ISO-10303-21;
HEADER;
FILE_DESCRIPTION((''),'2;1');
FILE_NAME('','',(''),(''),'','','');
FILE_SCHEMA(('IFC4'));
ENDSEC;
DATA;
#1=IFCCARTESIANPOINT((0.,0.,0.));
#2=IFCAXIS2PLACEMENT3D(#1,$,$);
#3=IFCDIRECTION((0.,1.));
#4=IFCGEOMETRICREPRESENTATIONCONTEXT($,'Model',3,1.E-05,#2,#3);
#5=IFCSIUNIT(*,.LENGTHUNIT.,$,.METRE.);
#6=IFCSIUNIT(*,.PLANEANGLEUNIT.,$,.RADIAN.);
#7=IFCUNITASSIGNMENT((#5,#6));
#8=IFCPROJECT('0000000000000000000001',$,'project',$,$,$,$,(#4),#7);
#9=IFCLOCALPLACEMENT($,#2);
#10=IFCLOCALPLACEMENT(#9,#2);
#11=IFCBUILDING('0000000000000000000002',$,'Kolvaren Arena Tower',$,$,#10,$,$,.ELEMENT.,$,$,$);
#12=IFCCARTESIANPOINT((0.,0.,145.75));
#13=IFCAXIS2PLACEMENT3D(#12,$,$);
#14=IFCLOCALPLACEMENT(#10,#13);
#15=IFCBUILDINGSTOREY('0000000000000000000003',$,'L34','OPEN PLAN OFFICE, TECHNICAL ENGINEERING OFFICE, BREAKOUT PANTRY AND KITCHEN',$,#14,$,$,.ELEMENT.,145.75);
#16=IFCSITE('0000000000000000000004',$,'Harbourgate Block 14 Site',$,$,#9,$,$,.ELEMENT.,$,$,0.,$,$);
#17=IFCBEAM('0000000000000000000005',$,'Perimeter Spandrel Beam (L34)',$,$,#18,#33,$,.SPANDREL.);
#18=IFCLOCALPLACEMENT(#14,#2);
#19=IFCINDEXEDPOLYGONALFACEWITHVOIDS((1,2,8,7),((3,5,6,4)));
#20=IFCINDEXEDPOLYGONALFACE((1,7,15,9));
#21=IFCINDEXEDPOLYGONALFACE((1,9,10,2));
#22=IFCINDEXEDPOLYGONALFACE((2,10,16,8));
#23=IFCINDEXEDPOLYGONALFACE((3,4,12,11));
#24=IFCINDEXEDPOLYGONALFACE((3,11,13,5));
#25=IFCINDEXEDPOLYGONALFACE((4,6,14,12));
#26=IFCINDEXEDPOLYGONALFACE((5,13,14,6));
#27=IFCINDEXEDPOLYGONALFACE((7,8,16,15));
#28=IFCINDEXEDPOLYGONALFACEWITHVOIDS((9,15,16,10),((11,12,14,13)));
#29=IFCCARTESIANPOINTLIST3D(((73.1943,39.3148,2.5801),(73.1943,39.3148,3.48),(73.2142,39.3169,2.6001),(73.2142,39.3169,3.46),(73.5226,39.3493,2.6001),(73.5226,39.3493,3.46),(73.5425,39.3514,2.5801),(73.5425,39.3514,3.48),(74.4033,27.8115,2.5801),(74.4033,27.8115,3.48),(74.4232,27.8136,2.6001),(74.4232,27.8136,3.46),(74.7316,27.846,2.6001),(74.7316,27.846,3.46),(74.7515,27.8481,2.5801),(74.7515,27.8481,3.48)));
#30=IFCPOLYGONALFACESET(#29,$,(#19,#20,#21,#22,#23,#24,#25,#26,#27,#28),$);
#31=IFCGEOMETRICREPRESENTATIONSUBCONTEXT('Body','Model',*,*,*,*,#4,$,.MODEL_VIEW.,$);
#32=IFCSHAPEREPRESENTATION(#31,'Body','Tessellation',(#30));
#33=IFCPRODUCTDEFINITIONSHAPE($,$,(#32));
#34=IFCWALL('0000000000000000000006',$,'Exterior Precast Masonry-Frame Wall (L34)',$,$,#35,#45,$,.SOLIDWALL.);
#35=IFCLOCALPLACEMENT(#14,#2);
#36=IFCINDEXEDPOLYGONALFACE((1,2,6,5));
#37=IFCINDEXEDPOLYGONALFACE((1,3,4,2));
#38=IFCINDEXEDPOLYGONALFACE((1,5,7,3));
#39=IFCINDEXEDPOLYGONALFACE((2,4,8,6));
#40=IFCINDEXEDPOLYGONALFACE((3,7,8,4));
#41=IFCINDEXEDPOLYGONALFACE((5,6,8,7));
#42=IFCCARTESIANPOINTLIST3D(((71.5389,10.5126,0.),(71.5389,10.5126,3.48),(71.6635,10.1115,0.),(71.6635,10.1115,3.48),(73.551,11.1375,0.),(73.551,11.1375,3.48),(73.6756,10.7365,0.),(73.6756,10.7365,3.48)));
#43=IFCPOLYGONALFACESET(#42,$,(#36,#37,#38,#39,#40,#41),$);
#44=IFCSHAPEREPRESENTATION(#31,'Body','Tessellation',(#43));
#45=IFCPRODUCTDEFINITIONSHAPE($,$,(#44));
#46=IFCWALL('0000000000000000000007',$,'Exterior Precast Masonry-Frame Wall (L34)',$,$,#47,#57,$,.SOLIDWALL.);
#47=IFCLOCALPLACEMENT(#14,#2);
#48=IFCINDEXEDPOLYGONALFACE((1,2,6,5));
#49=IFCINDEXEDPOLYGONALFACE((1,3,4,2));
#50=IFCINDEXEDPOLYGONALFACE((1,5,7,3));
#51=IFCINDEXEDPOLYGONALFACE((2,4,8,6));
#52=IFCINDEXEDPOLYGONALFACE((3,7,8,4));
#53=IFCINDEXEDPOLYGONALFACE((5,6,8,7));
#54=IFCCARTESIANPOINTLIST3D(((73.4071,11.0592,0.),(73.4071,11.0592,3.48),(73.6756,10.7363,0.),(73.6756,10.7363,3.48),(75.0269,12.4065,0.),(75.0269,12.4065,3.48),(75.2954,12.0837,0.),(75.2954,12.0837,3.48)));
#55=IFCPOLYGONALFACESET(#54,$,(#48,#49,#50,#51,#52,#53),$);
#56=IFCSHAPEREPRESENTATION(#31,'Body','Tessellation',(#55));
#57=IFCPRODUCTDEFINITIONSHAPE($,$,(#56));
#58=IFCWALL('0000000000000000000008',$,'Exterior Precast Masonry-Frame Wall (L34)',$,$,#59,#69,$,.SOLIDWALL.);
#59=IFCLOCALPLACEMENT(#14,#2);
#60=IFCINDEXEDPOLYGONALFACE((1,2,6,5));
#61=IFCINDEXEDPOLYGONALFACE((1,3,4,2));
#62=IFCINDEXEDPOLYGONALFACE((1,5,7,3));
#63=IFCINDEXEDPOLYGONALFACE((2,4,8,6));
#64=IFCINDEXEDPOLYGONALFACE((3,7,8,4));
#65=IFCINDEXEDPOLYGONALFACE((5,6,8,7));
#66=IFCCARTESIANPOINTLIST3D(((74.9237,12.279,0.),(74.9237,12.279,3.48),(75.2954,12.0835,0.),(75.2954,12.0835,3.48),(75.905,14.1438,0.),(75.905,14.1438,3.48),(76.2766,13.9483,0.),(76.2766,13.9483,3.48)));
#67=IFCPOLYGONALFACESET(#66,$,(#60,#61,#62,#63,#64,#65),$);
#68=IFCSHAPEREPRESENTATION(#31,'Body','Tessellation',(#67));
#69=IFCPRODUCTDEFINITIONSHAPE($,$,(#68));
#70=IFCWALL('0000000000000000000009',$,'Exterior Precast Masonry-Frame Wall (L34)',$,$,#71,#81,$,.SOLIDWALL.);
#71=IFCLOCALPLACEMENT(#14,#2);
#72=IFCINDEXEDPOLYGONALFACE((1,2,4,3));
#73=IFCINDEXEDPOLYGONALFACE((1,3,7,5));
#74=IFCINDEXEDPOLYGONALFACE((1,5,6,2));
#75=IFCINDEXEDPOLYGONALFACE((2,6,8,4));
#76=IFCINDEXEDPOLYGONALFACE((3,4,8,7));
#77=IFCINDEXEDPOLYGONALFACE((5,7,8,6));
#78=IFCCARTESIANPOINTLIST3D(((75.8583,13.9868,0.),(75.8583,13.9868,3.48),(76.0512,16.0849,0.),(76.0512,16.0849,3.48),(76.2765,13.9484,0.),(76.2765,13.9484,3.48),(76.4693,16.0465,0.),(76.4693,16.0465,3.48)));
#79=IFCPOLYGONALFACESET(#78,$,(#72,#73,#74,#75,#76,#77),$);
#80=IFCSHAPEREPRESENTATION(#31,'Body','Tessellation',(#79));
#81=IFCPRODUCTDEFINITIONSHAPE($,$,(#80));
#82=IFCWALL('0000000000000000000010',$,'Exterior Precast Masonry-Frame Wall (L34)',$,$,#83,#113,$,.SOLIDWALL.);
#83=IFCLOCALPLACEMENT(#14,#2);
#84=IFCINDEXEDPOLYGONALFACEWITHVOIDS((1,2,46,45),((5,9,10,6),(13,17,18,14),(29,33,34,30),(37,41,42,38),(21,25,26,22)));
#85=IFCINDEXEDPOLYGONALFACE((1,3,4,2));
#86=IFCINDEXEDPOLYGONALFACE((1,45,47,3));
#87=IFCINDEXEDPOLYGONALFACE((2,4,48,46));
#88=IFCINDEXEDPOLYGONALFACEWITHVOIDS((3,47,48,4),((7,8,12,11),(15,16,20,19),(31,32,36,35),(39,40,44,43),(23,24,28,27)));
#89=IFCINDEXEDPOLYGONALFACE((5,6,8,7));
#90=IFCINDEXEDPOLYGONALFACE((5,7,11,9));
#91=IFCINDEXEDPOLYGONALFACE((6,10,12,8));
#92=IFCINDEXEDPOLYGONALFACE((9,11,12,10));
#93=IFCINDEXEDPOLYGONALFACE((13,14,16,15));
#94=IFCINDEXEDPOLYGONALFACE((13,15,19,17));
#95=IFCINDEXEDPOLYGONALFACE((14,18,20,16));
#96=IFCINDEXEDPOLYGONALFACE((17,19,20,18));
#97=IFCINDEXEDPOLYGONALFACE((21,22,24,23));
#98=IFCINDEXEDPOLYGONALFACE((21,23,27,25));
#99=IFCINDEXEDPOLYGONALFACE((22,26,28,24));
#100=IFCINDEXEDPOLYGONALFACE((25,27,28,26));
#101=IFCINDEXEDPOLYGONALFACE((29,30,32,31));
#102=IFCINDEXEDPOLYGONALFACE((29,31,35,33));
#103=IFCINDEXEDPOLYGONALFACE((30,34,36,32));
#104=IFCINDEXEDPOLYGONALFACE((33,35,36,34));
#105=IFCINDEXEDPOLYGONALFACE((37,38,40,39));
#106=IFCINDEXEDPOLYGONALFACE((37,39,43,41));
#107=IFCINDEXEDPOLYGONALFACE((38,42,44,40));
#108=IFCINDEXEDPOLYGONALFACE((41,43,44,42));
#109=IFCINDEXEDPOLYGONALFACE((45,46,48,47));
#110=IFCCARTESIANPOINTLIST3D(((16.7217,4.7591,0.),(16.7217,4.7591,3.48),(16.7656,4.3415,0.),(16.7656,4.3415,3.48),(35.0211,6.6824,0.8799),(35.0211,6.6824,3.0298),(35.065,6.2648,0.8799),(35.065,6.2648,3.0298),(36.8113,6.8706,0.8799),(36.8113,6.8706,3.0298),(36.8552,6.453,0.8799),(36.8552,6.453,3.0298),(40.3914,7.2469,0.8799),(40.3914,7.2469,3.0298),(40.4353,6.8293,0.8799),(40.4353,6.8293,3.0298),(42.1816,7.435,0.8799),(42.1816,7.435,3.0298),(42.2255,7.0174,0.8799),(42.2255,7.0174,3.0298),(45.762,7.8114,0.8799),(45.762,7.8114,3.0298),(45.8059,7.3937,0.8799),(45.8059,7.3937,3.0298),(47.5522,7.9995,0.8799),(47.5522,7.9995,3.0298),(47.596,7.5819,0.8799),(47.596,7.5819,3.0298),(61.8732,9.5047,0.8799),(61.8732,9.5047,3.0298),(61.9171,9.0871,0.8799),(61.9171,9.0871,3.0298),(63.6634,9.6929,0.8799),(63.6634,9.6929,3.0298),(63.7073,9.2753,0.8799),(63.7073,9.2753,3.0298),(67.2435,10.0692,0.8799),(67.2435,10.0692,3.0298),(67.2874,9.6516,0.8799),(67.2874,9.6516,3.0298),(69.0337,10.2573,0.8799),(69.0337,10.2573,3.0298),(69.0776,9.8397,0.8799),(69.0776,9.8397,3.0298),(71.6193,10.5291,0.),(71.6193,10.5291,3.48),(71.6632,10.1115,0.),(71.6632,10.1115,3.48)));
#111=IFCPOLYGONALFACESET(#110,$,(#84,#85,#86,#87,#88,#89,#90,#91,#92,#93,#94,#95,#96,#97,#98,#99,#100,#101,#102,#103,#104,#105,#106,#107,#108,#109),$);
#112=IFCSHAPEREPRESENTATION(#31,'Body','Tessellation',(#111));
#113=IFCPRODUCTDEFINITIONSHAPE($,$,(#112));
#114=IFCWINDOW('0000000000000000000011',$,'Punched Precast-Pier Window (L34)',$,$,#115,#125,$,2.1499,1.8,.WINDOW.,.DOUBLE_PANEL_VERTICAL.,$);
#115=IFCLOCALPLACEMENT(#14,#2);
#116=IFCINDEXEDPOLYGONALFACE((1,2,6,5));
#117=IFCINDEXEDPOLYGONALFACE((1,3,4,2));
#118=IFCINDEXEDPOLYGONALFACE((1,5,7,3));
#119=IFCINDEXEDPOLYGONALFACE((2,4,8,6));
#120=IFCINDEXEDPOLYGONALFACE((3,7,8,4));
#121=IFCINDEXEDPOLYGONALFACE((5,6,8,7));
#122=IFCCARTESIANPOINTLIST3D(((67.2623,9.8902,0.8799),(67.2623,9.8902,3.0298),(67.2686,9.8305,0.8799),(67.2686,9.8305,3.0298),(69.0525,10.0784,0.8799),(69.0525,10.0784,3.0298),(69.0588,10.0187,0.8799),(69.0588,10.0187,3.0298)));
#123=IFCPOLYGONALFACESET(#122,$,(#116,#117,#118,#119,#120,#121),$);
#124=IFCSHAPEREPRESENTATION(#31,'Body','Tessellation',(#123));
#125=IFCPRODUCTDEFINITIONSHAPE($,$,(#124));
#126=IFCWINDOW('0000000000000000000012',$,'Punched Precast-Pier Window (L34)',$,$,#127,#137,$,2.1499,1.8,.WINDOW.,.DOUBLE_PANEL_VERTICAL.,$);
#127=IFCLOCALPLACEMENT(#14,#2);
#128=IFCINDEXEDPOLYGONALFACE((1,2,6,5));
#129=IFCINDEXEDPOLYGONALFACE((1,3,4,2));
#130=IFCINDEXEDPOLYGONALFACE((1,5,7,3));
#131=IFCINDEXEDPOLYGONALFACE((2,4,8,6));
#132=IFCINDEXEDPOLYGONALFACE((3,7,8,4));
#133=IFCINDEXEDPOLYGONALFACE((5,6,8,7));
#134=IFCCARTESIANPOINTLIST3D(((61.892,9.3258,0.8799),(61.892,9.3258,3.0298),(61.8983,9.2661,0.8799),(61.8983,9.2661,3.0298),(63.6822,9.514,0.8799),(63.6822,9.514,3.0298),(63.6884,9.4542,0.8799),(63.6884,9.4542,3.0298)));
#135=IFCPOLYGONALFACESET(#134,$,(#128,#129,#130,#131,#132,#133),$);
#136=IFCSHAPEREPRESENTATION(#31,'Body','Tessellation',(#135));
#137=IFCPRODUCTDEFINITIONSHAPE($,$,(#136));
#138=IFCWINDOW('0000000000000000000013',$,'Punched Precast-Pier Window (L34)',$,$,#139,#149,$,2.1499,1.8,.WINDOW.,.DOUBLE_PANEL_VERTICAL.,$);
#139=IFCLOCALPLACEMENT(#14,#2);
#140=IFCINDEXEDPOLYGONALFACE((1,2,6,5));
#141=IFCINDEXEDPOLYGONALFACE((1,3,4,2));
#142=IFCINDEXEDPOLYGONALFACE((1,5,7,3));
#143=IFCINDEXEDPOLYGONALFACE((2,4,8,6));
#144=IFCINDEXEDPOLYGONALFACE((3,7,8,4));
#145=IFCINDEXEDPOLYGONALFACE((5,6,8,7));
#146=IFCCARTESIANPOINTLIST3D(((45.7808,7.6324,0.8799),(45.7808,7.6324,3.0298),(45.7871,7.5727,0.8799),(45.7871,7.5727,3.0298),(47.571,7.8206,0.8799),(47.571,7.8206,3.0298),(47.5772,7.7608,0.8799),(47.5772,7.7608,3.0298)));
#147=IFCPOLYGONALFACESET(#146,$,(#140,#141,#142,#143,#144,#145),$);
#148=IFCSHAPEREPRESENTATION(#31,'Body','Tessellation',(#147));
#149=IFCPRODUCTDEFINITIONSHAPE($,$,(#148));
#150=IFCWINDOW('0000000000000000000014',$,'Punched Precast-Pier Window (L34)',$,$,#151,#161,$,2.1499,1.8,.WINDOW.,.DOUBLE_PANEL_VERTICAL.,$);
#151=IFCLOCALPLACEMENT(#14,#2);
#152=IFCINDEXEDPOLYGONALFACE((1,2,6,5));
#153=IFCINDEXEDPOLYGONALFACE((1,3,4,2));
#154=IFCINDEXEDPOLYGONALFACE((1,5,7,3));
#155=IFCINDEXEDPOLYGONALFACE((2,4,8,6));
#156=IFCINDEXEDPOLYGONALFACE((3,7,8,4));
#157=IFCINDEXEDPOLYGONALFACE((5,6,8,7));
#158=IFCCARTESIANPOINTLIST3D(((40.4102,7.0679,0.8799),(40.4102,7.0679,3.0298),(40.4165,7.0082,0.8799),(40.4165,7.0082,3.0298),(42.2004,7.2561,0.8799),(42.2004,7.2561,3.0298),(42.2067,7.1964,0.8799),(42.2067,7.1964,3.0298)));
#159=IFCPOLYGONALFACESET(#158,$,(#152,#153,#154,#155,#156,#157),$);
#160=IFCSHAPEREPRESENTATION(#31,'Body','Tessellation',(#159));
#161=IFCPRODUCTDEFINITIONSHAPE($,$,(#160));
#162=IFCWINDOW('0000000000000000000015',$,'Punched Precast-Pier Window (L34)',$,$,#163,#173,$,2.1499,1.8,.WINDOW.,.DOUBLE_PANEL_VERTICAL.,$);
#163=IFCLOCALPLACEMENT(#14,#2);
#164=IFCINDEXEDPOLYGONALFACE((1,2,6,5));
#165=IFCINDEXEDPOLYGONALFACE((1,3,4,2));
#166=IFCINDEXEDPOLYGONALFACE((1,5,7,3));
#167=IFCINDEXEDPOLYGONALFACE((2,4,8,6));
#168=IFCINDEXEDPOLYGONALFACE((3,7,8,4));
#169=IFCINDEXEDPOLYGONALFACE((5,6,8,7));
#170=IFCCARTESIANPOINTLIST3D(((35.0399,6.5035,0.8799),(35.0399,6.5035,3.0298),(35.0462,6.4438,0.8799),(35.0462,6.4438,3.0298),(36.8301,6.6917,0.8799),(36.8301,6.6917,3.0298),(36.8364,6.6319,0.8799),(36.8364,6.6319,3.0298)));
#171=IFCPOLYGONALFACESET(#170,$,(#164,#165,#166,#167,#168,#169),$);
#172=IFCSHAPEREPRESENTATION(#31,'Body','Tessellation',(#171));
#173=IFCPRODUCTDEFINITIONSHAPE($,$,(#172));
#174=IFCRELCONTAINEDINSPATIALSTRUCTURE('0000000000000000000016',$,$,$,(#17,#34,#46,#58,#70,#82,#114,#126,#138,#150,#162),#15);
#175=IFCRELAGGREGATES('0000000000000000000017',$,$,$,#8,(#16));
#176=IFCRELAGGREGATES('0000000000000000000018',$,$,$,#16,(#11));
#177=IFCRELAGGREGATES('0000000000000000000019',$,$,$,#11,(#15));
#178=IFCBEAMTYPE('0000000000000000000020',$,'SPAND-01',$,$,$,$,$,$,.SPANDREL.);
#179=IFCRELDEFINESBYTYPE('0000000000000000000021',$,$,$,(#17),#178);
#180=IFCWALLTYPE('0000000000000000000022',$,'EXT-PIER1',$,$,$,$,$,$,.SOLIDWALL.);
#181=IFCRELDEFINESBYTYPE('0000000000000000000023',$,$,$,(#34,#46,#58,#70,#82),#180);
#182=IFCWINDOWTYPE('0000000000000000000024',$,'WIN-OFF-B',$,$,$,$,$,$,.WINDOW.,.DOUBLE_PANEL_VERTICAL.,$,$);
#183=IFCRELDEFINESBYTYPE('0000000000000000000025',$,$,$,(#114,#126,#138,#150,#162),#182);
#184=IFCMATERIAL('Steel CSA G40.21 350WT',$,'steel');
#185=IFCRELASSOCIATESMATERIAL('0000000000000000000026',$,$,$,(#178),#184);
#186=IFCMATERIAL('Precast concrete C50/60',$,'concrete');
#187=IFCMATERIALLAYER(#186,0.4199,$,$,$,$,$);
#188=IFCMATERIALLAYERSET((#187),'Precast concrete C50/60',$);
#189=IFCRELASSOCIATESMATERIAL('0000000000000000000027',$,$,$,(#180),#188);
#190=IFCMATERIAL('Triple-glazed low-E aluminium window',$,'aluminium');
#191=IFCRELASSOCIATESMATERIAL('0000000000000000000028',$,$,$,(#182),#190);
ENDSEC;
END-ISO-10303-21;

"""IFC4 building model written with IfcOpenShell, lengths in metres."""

from ifc_helpers import new_model, si_unit, direction, frame, frame_2d, origin, origin_2d, place, context, subcontext, project, spatial, rectangle, hollow_rectangle, extrude, material, layer, layer_set, material_profile, profile_set, type_object, element, fill, save


model = new_model("IFC4")

# Units and contexts
model_context = context("Model", 3, precision=1e-05, world=origin(), true_north=direction((0.0, 1.0)))
body_context = subcontext(model_context, "Body", "Model", "MODEL_VIEW")
ifc_project = project(units=[si_unit("LENGTHUNIT", "METRE"), si_unit("PLANEANGLEUNIT", "RADIAN")], contexts=[model_context])

# Site, building, storey
site_placement = place(None, origin())
site = spatial("IfcSite", under=ifc_project, at=site_placement, Name="Harbourgate Block 14 Site", CompositionType="ELEMENT", RefElevation=0.0)
building_placement = place(site_placement, origin())
building = spatial("IfcBuilding", under=site, at=building_placement, Name="Kolvaren Arena Tower", CompositionType="ELEMENT")
storey_placement = place(building_placement, frame((0.0, 0.0, 145.75)))
storey = spatial("IfcBuildingStorey", under=building, at=storey_placement, Name="L34", Description="OPEN PLAN OFFICE, TECHNICAL ENGINEERING OFFICE, BREAKOUT PANTRY AND KITCHEN", CompositionType="ELEMENT", Elevation=145.75)

# Beam
ifc_material_1 = material(Name="Steel CSA G40.21 350WT", Category="steel")
ifc_material_profile_1 = material_profile(ifc_material_1, hollow_rectangle(XDim=0.3501, YDim=0.8999, WallThickness=0.02, at=origin_2d()), Name="HSS 900x350x20")
ifc_profile_set_1 = profile_set([ifc_material_profile_1], Name="Steel CSA G40.21 350WT")
beam_type_1 = type_object("IfcBeamType", Name="SPAND-01", PredefinedType="SPANDREL", material=ifc_profile_set_1)
beam_1_placement = place(storey_placement, frame((74.5774, 27.8298, 3.03), z_axis=(-0.104524, 0.994522, 0.0), x_axis=(-0.994522, -0.104524, 0.0)))
element("IfcBeam", 1, at=beam_1_placement, inside=storey, type_object=beam_type_1, Name="Perimeter Spandrel Beam (L34)", PredefinedType="SPANDREL", context=body_context, shape_type="SweptSolid", body=[
    extrude(hollow_rectangle(XDim=0.3501, YDim=0.8999, WallThickness=0.02, at=origin_2d()), origin(), (0.0, 0.0, 1.0), 11.5667),
])

# Walls
ifc_material_2 = material(Name="Precast concrete C50/60", Category="concrete")
ifc_layer_1 = layer(ifc_material_2, 0.4199)
ifc_layer_set_1 = layer_set([ifc_layer_1], Name="Precast concrete C50/60")
wall_type_1 = type_object("IfcWallType", Name="EXT-PIER1", PredefinedType="SOLIDWALL", material=ifc_layer_set_1)
for number, where, z_axis, x_axis, name in (
    (2, (73.6133, 10.937, 0.0), (0.0, 0.0, 1.0), (-0.954994, -0.296625, 0.0), "Exterior Precast Masonry-Frame Wall (L34)"),
    (3, (75.1611, 12.2451, 0.0), (0.0, 0.0, 1.0), (-0.7688, -0.639489, 0.0), "Exterior Precast Masonry-Frame Wall (L34)"),
):
    element("IfcWall", number, at=place(storey_placement, frame(where, z_axis=z_axis, x_axis=x_axis)), inside=storey, type_object=wall_type_1, Name=name, PredefinedType="SOLIDWALL", context=body_context, shape_type="SweptSolid", body=[
        extrude(rectangle(XDim=2.1069, YDim=0.4199, at=frame_2d((1.0535, 0.0))), origin(), (0.0, 0.0, 1.0), 3.48),
    ])
wall_1_placement = place(storey_placement, frame((76.0908, 14.0461, 0.0), z_axis=(0.0, 0.0, 1.0), x_axis=(-0.465656, -0.884966, 0.0)))
element("IfcWall", 4, at=wall_1_placement, inside=storey, type_object=wall_type_1, Name="Exterior Precast Masonry-Frame Wall (L34)", PredefinedType="SOLIDWALL", context=body_context, shape_type="SweptSolid", body=[
    extrude(rectangle(XDim=2.1072, YDim=0.4199, at=frame_2d((1.0537, 0.0))), origin(), (0.0, 0.0, 1.0), 3.48),
])
wall_2_placement = place(storey_placement, frame((76.2603, 16.0657, 0.0), z_axis=(0.0, 0.0, 1.0), x_axis=(-0.091539, -0.995802, 0.0)))
element("IfcWall", 5, at=wall_2_placement, inside=storey, type_object=wall_type_1, Name="Exterior Precast Masonry-Frame Wall (L34)", PredefinedType="SOLIDWALL", context=body_context, shape_type="SweptSolid", body=[
    extrude(rectangle(XDim=2.1069, YDim=0.4199, at=frame_2d((1.0535, 0.0))), origin(), (0.0, 0.0, 1.0), 3.48),
])

# Wall, openings, windows
wall_3_placement = place(storey_placement, frame((71.6414, 10.3203, 0.0), z_axis=(0.0, 0.0, 1.0), x_axis=(-0.994522, -0.10453, 0.0)))
wall_3 = element("IfcWall", 6, at=wall_3_placement, inside=storey, type_object=wall_type_1, Name="Exterior Precast Masonry-Frame Wall (L34)", PredefinedType="SOLIDWALL", context=body_context, shape_type="SweptSolid", body=[
    extrude(rectangle(XDim=55.2, YDim=0.4199, at=frame_2d((27.6001, 0.0))), origin(), (0.0, 0.0, 1.0), 3.48),
])
opening_1_placement = place(wall_3_placement, frame((2.6001, 0.0, 0.8799)))
opening_1 = element("IfcOpeningElement", 7, at=opening_1_placement, cuts=wall_3, PredefinedType="OPENING", context=body_context, shape_type="SweptSolid", body=[
    extrude(rectangle(XDim=1.8, YDim=2.1499, at=frame_2d((0.8999, 1.075))), frame((0.0, 0.22, 0.0), z_axis=(0.0, -1.0, 0.0), x_axis=(1.0, 0.0, 0.0)), (0.0, 0.0, 1.0), 0.4399),
])
opening_2_placement = place(wall_3_placement, frame((8.0, 0.0, 0.8799)))
opening_2 = element("IfcOpeningElement", 8, at=opening_2_placement, cuts=wall_3, PredefinedType="OPENING", context=body_context, shape_type="SweptSolid", body=[
    extrude(rectangle(XDim=1.8, YDim=2.1499, at=frame_2d((0.8999, 1.075))), frame((0.0, 0.22, 0.0), z_axis=(0.0, -1.0, 0.0), x_axis=(1.0, 0.0, 0.0)), (0.0, 0.0, 1.0), 0.4399),
])
opening_3_placement = place(wall_3_placement, frame((24.2, 0.0, 0.8799)))
opening_3 = element("IfcOpeningElement", 9, at=opening_3_placement, cuts=wall_3, PredefinedType="OPENING", context=body_context, shape_type="SweptSolid", body=[
    extrude(rectangle(XDim=1.8, YDim=2.1499, at=frame_2d((0.8999, 1.075))), frame((0.0, 0.22, 0.0), z_axis=(0.0, -1.0, 0.0), x_axis=(1.0, 0.0, 0.0)), (0.0, 0.0, 1.0), 0.4399),
])
opening_4_placement = place(wall_3_placement, frame((29.6001, 0.0, 0.8799)))
opening_4 = element("IfcOpeningElement", 10, at=opening_4_placement, cuts=wall_3, PredefinedType="OPENING", context=body_context, shape_type="SweptSolid", body=[
    extrude(rectangle(XDim=1.8, YDim=2.1499, at=frame_2d((0.8999, 1.075))), frame((0.0, 0.22, 0.0), z_axis=(0.0, -1.0, 0.0), x_axis=(1.0, 0.0, 0.0)), (0.0, 0.0, 1.0), 0.4399),
])
opening_5_placement = place(wall_3_placement, frame((35.0, 0.0, 0.8799)))
opening_5 = element("IfcOpeningElement", 11, at=opening_5_placement, cuts=wall_3, PredefinedType="OPENING", context=body_context, shape_type="SweptSolid", body=[
    extrude(rectangle(XDim=1.8, YDim=2.1499, at=frame_2d((0.8999, 1.075))), frame((0.0, 0.22, 0.0), z_axis=(0.0, -1.0, 0.0), x_axis=(1.0, 0.0, 0.0)), (0.0, 0.0, 1.0), 0.4399),
])
ifc_material_3 = material(Name="Triple-glazed low-E aluminium window", Category="aluminium")
window_type = type_object("IfcWindowType", Name="WIN-OFF-B", PartitioningType="DOUBLE_PANEL_VERTICAL", PredefinedType="WINDOW", material=ifc_material_3)
window_1_placement = place(opening_1_placement, origin())
window_1 = element("IfcWindow", 12, at=window_1_placement, inside=storey, type_object=window_type, Name="Punched Precast-Pier Window (L34)", OverallHeight=2.1499, OverallWidth=1.8, PartitioningType="DOUBLE_PANEL_VERTICAL", PredefinedType="WINDOW", context=body_context, shape_type="SweptSolid", body=[
    extrude(rectangle(XDim=1.8, YDim=2.1499, at=frame_2d((0.8999, 1.075))), frame((0.0, 0.03, 0.0), z_axis=(0.0, -1.0, 0.0), x_axis=(1.0, 0.0, 0.0)), (0.0, 0.0, 1.0), 0.0601),
])
fill(opening_1, window_1)
window_2_placement = place(opening_2_placement, origin())
window_2 = element("IfcWindow", 13, at=window_2_placement, inside=storey, type_object=window_type, Name="Punched Precast-Pier Window (L34)", OverallHeight=2.1499, OverallWidth=1.8, PartitioningType="DOUBLE_PANEL_VERTICAL", PredefinedType="WINDOW", context=body_context, shape_type="SweptSolid", body=[
    extrude(rectangle(XDim=1.8, YDim=2.1499, at=frame_2d((0.8999, 1.075))), frame((0.0, 0.03, 0.0), z_axis=(0.0, -1.0, 0.0), x_axis=(1.0, 0.0, 0.0)), (0.0, 0.0, 1.0), 0.0601),
])
fill(opening_2, window_2)
window_3_placement = place(opening_3_placement, origin())
window_3 = element("IfcWindow", 14, at=window_3_placement, inside=storey, type_object=window_type, Name="Punched Precast-Pier Window (L34)", OverallHeight=2.1499, OverallWidth=1.8, PartitioningType="DOUBLE_PANEL_VERTICAL", PredefinedType="WINDOW", context=body_context, shape_type="SweptSolid", body=[
    extrude(rectangle(XDim=1.8, YDim=2.1499, at=frame_2d((0.8999, 1.075))), frame((0.0, 0.03, 0.0), z_axis=(0.0, -1.0, 0.0), x_axis=(1.0, 0.0, 0.0)), (0.0, 0.0, 1.0), 0.0601),
])
fill(opening_3, window_3)
window_4_placement = place(opening_4_placement, origin())
window_4 = element("IfcWindow", 15, at=window_4_placement, inside=storey, type_object=window_type, Name="Punched Precast-Pier Window (L34)", OverallHeight=2.1499, OverallWidth=1.8, PartitioningType="DOUBLE_PANEL_VERTICAL", PredefinedType="WINDOW", context=body_context, shape_type="SweptSolid", body=[
    extrude(rectangle(XDim=1.8, YDim=2.1499, at=frame_2d((0.8999, 1.075))), frame((0.0, 0.03, 0.0), z_axis=(0.0, -1.0, 0.0), x_axis=(1.0, 0.0, 0.0)), (0.0, 0.0, 1.0), 0.0601),
])
fill(opening_4, window_4)
window_5_placement = place(opening_5_placement, origin())
window_5 = element("IfcWindow", 16, at=window_5_placement, inside=storey, type_object=window_type, Name="Punched Precast-Pier Window (L34)", OverallHeight=2.1499, OverallWidth=1.8, PartitioningType="DOUBLE_PANEL_VERTICAL", PredefinedType="WINDOW", context=body_context, shape_type="SweptSolid", body=[
    extrude(rectangle(XDim=1.8, YDim=2.1499, at=frame_2d((0.8999, 1.075))), frame((0.0, 0.03, 0.0), z_axis=(0.0, -1.0, 0.0), x_axis=(1.0, 0.0, 0.0)), (0.0, 0.0, 1.0), 0.0601),
])
fill(opening_5, window_5)

save(model, "model.ifc")
